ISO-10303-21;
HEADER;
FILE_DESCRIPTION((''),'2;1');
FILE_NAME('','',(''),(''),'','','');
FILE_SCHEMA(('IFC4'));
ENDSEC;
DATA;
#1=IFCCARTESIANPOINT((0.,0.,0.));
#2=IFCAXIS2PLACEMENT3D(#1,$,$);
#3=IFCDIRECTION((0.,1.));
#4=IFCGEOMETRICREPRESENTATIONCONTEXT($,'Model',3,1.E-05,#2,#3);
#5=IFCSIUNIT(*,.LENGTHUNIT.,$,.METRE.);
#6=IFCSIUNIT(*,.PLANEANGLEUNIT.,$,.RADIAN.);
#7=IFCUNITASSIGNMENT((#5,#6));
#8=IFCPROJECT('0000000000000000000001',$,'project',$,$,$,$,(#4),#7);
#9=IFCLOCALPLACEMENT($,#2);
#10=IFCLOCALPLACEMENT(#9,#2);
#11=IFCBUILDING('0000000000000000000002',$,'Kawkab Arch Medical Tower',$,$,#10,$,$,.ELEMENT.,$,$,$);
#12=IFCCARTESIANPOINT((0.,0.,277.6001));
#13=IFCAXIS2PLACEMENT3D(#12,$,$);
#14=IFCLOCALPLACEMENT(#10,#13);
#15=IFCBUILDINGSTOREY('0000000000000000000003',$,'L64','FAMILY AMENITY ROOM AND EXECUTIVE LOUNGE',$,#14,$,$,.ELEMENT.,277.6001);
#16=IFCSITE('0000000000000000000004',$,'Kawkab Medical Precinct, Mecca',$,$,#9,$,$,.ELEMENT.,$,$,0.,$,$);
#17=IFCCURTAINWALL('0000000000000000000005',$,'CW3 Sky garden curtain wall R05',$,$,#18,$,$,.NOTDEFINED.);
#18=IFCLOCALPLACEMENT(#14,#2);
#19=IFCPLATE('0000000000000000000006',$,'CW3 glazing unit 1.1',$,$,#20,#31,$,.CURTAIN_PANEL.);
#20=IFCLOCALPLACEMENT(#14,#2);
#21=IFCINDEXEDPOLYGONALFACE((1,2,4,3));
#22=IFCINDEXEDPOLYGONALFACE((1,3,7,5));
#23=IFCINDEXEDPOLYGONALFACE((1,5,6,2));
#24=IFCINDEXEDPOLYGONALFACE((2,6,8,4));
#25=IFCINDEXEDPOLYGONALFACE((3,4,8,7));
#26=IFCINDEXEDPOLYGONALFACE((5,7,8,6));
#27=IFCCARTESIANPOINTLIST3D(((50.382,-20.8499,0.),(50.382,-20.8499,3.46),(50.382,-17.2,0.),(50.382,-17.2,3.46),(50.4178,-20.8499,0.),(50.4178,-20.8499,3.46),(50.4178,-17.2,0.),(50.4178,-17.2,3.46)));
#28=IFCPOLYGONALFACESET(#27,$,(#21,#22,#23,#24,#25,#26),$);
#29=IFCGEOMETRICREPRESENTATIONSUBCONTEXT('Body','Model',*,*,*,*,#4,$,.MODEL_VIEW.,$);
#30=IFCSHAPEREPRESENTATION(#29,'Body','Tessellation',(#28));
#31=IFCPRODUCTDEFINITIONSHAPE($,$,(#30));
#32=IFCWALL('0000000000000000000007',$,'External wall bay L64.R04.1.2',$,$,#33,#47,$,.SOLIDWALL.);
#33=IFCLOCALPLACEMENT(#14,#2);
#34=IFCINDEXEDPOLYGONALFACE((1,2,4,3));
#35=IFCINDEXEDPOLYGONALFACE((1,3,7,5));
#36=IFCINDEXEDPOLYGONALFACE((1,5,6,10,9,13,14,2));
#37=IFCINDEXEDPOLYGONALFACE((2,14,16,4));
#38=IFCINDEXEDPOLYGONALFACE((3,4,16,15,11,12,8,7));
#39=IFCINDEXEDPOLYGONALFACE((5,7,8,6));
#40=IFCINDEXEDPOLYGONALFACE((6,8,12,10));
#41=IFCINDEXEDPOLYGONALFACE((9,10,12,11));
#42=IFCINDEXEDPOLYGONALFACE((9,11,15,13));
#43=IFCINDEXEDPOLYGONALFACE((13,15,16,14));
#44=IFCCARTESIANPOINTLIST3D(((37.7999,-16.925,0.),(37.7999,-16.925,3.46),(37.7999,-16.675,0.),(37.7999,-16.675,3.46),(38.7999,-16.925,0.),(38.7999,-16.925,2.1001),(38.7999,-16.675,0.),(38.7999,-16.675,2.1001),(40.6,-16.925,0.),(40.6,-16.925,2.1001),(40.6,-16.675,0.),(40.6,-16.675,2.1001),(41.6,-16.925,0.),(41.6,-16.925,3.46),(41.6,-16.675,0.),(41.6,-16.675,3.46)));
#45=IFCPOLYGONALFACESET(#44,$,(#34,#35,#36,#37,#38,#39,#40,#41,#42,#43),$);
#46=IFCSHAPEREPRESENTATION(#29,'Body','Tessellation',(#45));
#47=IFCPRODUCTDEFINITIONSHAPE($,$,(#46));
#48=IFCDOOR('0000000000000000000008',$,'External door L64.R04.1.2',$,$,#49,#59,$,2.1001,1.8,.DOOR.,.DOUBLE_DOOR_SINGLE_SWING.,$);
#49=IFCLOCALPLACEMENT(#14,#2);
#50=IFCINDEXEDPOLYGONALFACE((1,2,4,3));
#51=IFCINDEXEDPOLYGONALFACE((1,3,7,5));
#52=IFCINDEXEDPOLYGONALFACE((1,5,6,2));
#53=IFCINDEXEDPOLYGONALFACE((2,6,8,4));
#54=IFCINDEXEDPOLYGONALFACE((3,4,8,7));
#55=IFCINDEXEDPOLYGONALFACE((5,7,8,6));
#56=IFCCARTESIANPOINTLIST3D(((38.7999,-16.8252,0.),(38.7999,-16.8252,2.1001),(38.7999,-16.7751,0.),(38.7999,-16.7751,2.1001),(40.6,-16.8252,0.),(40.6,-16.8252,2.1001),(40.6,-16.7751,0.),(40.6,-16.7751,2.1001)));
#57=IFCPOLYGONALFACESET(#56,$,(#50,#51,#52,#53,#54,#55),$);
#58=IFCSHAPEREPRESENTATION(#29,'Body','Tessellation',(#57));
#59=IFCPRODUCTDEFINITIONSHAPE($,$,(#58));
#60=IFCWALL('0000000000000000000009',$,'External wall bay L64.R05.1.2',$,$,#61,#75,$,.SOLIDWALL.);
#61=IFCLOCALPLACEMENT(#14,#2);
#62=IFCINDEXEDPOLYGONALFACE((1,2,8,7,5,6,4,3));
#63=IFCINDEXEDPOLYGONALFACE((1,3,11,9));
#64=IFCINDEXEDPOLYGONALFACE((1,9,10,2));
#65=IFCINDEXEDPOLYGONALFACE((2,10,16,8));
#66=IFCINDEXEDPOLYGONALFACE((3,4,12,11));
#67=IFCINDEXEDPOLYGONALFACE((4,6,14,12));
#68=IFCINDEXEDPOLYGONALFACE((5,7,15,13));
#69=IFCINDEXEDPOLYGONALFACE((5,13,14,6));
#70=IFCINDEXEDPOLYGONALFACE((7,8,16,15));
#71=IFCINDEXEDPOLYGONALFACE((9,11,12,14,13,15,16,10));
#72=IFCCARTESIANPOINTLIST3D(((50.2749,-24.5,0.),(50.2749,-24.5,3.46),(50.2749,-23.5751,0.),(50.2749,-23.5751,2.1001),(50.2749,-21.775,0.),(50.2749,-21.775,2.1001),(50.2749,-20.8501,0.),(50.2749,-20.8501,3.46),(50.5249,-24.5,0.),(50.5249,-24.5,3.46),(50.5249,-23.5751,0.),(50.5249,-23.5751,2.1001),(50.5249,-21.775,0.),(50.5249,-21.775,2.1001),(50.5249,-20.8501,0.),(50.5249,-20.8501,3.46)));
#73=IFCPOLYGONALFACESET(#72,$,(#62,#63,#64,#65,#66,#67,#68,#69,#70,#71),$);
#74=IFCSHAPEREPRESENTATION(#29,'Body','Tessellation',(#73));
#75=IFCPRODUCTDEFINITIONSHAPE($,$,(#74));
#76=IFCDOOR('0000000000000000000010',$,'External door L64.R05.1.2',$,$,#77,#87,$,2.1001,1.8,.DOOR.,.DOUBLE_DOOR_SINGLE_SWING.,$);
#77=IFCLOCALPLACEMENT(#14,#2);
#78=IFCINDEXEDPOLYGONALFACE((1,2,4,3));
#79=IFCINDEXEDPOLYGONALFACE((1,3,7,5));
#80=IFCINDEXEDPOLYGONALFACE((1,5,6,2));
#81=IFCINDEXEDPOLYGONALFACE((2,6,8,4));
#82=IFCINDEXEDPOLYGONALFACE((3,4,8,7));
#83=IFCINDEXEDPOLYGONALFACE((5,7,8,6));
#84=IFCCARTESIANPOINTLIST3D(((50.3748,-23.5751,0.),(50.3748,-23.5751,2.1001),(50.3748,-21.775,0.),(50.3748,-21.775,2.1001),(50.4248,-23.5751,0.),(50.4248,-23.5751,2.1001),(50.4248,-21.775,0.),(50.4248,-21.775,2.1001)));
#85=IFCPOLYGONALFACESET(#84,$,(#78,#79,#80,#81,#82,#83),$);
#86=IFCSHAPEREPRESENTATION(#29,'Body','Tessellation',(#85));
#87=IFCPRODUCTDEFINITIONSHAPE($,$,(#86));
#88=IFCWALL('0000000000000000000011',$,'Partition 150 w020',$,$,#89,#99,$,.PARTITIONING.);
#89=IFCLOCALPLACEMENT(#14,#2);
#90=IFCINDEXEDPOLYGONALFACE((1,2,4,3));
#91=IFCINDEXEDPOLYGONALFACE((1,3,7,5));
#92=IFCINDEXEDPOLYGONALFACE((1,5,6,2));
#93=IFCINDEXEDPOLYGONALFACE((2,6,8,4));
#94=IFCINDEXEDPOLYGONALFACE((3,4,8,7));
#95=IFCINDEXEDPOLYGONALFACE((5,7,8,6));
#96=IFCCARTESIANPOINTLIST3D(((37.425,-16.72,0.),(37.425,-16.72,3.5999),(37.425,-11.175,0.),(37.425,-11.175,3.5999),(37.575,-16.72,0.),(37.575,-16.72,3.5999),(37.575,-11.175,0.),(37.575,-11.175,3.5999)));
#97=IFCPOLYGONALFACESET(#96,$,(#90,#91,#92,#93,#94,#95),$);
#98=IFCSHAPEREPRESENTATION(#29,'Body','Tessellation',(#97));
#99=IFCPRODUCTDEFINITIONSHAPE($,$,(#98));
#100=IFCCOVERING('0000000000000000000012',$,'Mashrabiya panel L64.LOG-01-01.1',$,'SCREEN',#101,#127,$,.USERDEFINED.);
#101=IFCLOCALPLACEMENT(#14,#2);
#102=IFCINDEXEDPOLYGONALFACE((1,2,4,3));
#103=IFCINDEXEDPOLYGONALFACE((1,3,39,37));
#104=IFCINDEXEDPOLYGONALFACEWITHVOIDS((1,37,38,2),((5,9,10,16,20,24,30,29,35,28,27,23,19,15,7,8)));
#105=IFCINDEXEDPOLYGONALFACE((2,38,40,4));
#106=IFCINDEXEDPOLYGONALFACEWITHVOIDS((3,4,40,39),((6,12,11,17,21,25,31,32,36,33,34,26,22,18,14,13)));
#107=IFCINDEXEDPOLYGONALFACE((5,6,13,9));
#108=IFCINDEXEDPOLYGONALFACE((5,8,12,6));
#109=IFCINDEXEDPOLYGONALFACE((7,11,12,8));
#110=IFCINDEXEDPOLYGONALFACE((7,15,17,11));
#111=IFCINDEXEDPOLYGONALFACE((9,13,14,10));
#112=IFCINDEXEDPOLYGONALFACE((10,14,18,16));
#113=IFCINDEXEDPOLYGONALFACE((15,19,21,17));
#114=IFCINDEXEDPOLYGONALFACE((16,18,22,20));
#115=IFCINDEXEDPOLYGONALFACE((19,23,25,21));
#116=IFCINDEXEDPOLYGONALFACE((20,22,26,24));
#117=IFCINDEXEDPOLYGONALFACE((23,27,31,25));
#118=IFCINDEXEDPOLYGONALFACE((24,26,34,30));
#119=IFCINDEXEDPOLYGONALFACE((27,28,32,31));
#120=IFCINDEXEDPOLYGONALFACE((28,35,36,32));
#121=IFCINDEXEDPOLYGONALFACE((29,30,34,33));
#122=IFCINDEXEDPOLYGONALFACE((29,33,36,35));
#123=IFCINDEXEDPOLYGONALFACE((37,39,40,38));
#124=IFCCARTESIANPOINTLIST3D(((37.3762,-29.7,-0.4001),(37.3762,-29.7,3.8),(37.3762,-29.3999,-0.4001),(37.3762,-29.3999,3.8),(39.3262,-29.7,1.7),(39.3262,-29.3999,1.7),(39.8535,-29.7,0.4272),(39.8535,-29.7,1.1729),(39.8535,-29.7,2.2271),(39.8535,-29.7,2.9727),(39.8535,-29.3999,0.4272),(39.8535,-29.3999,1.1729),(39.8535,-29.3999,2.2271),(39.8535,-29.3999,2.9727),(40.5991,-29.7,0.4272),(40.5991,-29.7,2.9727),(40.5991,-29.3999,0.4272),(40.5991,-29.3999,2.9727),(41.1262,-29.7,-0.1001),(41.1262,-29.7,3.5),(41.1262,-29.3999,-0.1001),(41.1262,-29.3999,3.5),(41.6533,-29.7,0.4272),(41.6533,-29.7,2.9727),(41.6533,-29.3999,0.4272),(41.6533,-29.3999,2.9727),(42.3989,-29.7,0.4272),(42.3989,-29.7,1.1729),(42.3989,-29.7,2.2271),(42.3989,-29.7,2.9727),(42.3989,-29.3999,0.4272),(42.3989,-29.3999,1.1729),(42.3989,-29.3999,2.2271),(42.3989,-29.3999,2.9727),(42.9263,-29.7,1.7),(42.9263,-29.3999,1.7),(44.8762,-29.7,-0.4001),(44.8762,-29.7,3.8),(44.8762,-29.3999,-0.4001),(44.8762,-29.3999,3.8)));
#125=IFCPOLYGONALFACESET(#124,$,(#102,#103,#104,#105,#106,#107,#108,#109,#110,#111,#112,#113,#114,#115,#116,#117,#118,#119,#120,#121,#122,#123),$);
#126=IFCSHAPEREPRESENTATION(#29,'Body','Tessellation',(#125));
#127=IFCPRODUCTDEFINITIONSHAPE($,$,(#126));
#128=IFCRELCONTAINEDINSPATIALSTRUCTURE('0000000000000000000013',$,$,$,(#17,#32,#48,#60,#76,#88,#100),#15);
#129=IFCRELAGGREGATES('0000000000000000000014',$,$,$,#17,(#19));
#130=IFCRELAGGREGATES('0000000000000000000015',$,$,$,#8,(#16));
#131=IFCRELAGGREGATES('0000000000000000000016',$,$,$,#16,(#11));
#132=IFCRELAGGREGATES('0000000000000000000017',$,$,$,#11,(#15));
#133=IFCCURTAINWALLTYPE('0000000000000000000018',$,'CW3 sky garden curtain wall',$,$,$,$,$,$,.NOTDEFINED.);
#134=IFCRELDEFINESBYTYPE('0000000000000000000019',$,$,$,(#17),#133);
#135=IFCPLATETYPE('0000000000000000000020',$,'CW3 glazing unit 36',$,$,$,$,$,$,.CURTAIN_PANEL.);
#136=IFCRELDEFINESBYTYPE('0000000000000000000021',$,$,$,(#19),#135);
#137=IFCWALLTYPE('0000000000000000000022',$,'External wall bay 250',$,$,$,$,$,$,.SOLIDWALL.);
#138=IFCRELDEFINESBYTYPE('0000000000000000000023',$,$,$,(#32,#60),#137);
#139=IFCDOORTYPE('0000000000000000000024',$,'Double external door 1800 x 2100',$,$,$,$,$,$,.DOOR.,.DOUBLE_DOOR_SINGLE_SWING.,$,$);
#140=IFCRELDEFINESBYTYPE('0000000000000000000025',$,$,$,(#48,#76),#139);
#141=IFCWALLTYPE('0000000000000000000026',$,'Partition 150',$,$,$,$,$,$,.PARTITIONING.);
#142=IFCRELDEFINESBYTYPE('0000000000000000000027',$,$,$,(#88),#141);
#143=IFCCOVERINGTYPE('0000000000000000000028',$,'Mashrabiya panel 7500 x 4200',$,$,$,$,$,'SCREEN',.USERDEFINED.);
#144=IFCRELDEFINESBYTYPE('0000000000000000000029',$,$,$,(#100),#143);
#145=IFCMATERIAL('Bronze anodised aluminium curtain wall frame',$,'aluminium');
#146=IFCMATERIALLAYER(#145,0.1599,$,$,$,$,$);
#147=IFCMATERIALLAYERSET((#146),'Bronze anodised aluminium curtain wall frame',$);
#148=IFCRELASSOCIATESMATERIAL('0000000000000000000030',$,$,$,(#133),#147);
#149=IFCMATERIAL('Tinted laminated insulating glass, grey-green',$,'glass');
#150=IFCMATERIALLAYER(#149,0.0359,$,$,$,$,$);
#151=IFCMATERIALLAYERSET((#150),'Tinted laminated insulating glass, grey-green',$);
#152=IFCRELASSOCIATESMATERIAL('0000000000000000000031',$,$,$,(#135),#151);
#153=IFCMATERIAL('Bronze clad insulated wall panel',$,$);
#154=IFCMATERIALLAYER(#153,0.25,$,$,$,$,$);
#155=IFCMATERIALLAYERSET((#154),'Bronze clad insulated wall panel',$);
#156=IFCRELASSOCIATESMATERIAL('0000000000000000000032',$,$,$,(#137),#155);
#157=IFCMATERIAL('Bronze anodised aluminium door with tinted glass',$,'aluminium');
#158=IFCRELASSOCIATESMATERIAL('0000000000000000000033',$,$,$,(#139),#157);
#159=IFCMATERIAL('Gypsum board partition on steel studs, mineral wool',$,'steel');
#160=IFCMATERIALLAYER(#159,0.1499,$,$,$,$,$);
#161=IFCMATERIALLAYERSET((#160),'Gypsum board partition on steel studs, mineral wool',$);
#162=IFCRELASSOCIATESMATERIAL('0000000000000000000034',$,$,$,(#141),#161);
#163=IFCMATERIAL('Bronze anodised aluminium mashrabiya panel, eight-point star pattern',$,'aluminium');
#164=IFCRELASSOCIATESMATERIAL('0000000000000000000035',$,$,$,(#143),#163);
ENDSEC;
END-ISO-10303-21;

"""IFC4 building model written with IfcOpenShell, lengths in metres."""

from ifc_helpers import new_model, si_unit, direction, frame, frame_2d, origin, origin_2d, place, context, subcontext, project, spatial, polyline, rectangle, outline, extrude, material, layer, layer_set, material_profile, profile_set, type_object, element, fill, aggregate, save


model = new_model("IFC4")

# Units and contexts
model_context = context("Model", 3, precision=1e-05, world=origin(), true_north=direction((0.0, 1.0)))
body_context = subcontext(model_context, "Body", "Model", "MODEL_VIEW")
ifc_project = project(units=[si_unit("LENGTHUNIT", "METRE"), si_unit("PLANEANGLEUNIT", "RADIAN")], contexts=[model_context])

# Site, building, storey
site_placement = place(None, origin())
site = spatial("IfcSite", under=ifc_project, at=site_placement, Name="Kawkab Medical Precinct, Mecca", CompositionType="ELEMENT", RefElevation=0.0)
building_placement = place(site_placement, origin())
building = spatial("IfcBuilding", under=site, at=building_placement, Name="Kawkab Arch Medical Tower", CompositionType="ELEMENT")
storey_placement = place(building_placement, frame((0.0, 0.0, 277.6001)))
storey = spatial("IfcBuildingStorey", under=building, at=storey_placement, Name="L64", Description="FAMILY AMENITY ROOM AND EXECUTIVE LOUNGE", CompositionType="ELEMENT", Elevation=277.6001)

# Shared definitions
ifc_material_1 = material(Name="Bronze anodised aluminium curtain wall frame", Category="aluminium")
ifc_layer_1 = layer(ifc_material_1, 0.1599)
ifc_layer_set_1 = layer_set([ifc_layer_1], Name="Bronze anodised aluminium curtain wall frame")
curtain_wall_type_1 = type_object("IfcCurtainWallType", Name="CW3 sky garden curtain wall", PredefinedType="NOTDEFINED", material=ifc_layer_set_1)
placement = place(storey_placement, origin())

# Curtain wall
curtain_wall_1 = element("IfcCurtainWall", 1, at=placement, inside=storey, type_object=curtain_wall_type_1, Name="CW3 Sky garden curtain wall R05", PredefinedType="NOTDEFINED")

# Plate
ifc_material_2 = material(Name="Tinted laminated insulating glass, grey-green", Category="glass")
ifc_layer_2 = layer(ifc_material_2, 0.0359)
ifc_layer_set_2 = layer_set([ifc_layer_2], Name="Tinted laminated insulating glass, grey-green")
plate_type = type_object("IfcPlateType", Name="CW3 glazing unit 36", PredefinedType="CURTAIN_PANEL", material=ifc_layer_set_2)
plate_1_placement = place(storey_placement, frame((50.3999, -19.0249, 0.0), z_axis=(0.0, 0.0, 1.0), x_axis=(0.0, -1.0, 0.0)))
plate_1 = element("IfcPlate", 2, at=plate_1_placement, type_object=plate_type, Name="CW3 glazing unit 1.1", PredefinedType="CURTAIN_PANEL", context=body_context, shape_type="SweptSolid", body=[
    extrude(rectangle(XDim=3.6499, YDim=0.0359, at=origin_2d()), origin(), (0.0, 0.0, 1.0), 3.46),
])
aggregate(curtain_wall_1, [plate_1])

# Walls, openings, doors
ifc_material_3 = material(Name="Bronze clad insulated wall panel")
ifc_layer_3 = layer(ifc_material_3, 0.25)
ifc_layer_set_3 = layer_set([ifc_layer_3], Name="Bronze clad insulated wall panel")
wall_type_1 = type_object("IfcWallType", Name="External wall bay 250", PredefinedType="SOLIDWALL", material=ifc_layer_set_3)
wall_1_placement = place(storey_placement, frame((37.8, -16.8, 0.0), z_axis=(0.0, 0.0, 1.0), x_axis=(1.0, 0.0, 0.0)))
wall_1 = element("IfcWall", 3, at=wall_1_placement, inside=storey, type_object=wall_type_1, Name="External wall bay L64.R04.1.2", PredefinedType="SOLIDWALL", context=body_context, shape_type="SweptSolid", body=[
    extrude(rectangle(XDim=3.8, YDim=0.25, at=frame_2d((1.8999, 0.0))), origin(), (0.0, 0.0, 1.0), 3.46),
])
opening_1_placement = place(wall_1_placement, frame((1.0, 0.0, 0.0)))
opening_1 = element("IfcOpeningElement", 4, at=opening_1_placement, cuts=wall_1, PredefinedType="OPENING", context=body_context, shape_type="SweptSolid", body=[
    extrude(rectangle(XDim=1.8, YDim=2.1001, at=frame_2d((0.8999, 1.05))), frame((0.0, 0.135, 0.0), z_axis=(0.0, -1.0, 0.0), x_axis=(1.0, 0.0, 0.0)), (0.0, 0.0, 1.0), 0.27),
])
ifc_material_4 = material(Name="Bronze anodised aluminium door with tinted glass", Category="aluminium")
door_type = type_object("IfcDoorType", Name="Double external door 1800 x 2100", OperationType="DOUBLE_DOOR_SINGLE_SWING", PredefinedType="DOOR", material=ifc_material_4)
door_1_placement = place(opening_1_placement, origin())
door_1 = element("IfcDoor", 5, at=door_1_placement, inside=storey, type_object=door_type, Name="External door L64.R04.1.2", OperationType="DOUBLE_DOOR_SINGLE_SWING", OverallHeight=2.1001, OverallWidth=1.8, PredefinedType="DOOR", context=body_context, shape_type="SweptSolid", body=[
    extrude(rectangle(XDim=1.8, YDim=2.1001, at=frame_2d((0.8999, 1.05))), frame((0.0, 0.0249, 0.0), z_axis=(0.0, -1.0, 0.0), x_axis=(1.0, 0.0, 0.0)), (0.0, 0.0, 1.0), 0.05),
])
fill(opening_1, door_1)
wall_2_placement = place(storey_placement, frame((50.3999, -20.8501, 0.0), z_axis=(0.0, 0.0, 1.0), x_axis=(0.0, -1.0, 0.0)))
wall_2 = element("IfcWall", 6, at=wall_2_placement, inside=storey, type_object=wall_type_1, Name="External wall bay L64.R05.1.2", PredefinedType="SOLIDWALL", context=body_context, shape_type="SweptSolid", body=[
    extrude(rectangle(XDim=3.6499, YDim=0.25, at=frame_2d((1.825, 0.0))), origin(), (0.0, 0.0, 1.0), 3.46),
])
opening_2_placement = place(wall_2_placement, frame((0.925, 0.0, 0.0)))
opening_2 = element("IfcOpeningElement", 7, at=opening_2_placement, cuts=wall_2, PredefinedType="OPENING", context=body_context, shape_type="SweptSolid", body=[
    extrude(rectangle(XDim=1.8, YDim=2.1001, at=frame_2d((0.8999, 1.05))), frame((0.0, 0.135, 0.0), z_axis=(0.0, -1.0, 0.0), x_axis=(1.0, 0.0, 0.0)), (0.0, 0.0, 1.0), 0.27),
])
door_2_placement = place(opening_2_placement, origin())
door_2 = element("IfcDoor", 8, at=door_2_placement, inside=storey, type_object=door_type, Name="External door L64.R05.1.2", OperationType="DOUBLE_DOOR_SINGLE_SWING", OverallHeight=2.1001, OverallWidth=1.8, PredefinedType="DOOR", context=body_context, shape_type="SweptSolid", body=[
    extrude(rectangle(XDim=1.8, YDim=2.1001, at=frame_2d((0.8999, 1.05))), frame((0.0, 0.0249, 0.0), z_axis=(0.0, -1.0, 0.0), x_axis=(1.0, 0.0, 0.0)), (0.0, 0.0, 1.0), 0.05),
])
fill(opening_2, door_2)

# Wall
ifc_material_5 = material(Name="Gypsum board partition on steel studs, mineral wool", Category="steel")
ifc_layer_4 = layer(ifc_material_5, 0.1499)
ifc_layer_set_4 = layer_set([ifc_layer_4], Name="Gypsum board partition on steel studs, mineral wool")
wall_type_2 = type_object("IfcWallType", Name="Partition 150", PredefinedType="PARTITIONING", material=ifc_layer_set_4)
wall_3_placement = place(storey_placement, frame((37.5, -16.72, 0.0), z_axis=(0.0, 0.0, 1.0), x_axis=(0.0, 1.0, 0.0)))
element("IfcWall", 9, at=wall_3_placement, inside=storey, type_object=wall_type_2, Name="Partition 150 w020", PredefinedType="PARTITIONING", context=body_context, shape_type="SweptSolid", body=[
    extrude(rectangle(XDim=5.5449, YDim=0.1499, at=frame_2d((2.7725, 0.0))), origin(), (0.0, 0.0, 1.0), 3.5999),
])

# Covering
ifc_material_6 = material(Name="Bronze anodised aluminium mashrabiya panel, eight-point star pattern", Category="aluminium")
ifc_material_profile_1 = material_profile(ifc_material_6, outline(polyline([(-3.75, -2.1001), (3.75, -2.1001), (3.75, 2.1001), (-3.75, 2.1001), (-3.75, -2.1001)]), holes=[polyline([(1.8, 0.0), (1.2727, 0.5271), (1.2727, 1.2727), (0.5271, 1.2727), (0.0, 1.8), (-0.5271, 1.2727), (-1.2727, 1.2727), (-1.2727, 0.5271), (-1.8, 0.0), (-1.2727, -0.5271), (-1.2727, -1.2727), (-0.5271, -1.2727), (0.0, -1.8), (0.5271, -1.2727), (1.2727, -1.2727), (1.2727, -0.5271), (1.8, 0.0)])]), Name="Mashrabiya panel 7500x4200")
ifc_profile_set_1 = profile_set([ifc_material_profile_1], Name="Bronze anodised aluminium mashrabiya panel, eight-point star pattern")
covering_type = type_object("IfcCoveringType", Name="Mashrabiya panel 7500 x 4200", ElementType="SCREEN", PredefinedType="USERDEFINED", material=ifc_profile_set_1)
covering_placement = place(storey_placement, frame((41.1262, -29.3999, 1.7), z_axis=(0.0, -1.0, 0.0), x_axis=(1.0, 0.0, 0.0)))
element("IfcCovering", 10, at=covering_placement, inside=storey, type_object=covering_type, Name="Mashrabiya panel L64.LOG-01-01.1", ObjectType="SCREEN", PredefinedType="USERDEFINED", context=body_context, shape_type="SweptSolid", body=[
    extrude(outline(polyline([(-3.75, -2.1001), (3.75, -2.1001), (3.75, 2.1001), (-3.75, 2.1001), (-3.75, -2.1001)]), holes=[polyline([(1.8, 0.0), (1.2727, 0.5271), (1.2727, 1.2727), (0.5271, 1.2727), (0.0, 1.8), (-0.5271, 1.2727), (-1.2727, 1.2727), (-1.2727, 0.5271), (-1.8, 0.0), (-1.2727, -0.5271), (-1.2727, -1.2727), (-0.5271, -1.2727), (0.0, -1.8), (0.5271, -1.2727), (1.2727, -1.2727), (1.2727, -0.5271), (1.8, 0.0)])]), origin(), (0.0, 0.0, 1.0), 0.3),
])

save(model, "model.ifc")
